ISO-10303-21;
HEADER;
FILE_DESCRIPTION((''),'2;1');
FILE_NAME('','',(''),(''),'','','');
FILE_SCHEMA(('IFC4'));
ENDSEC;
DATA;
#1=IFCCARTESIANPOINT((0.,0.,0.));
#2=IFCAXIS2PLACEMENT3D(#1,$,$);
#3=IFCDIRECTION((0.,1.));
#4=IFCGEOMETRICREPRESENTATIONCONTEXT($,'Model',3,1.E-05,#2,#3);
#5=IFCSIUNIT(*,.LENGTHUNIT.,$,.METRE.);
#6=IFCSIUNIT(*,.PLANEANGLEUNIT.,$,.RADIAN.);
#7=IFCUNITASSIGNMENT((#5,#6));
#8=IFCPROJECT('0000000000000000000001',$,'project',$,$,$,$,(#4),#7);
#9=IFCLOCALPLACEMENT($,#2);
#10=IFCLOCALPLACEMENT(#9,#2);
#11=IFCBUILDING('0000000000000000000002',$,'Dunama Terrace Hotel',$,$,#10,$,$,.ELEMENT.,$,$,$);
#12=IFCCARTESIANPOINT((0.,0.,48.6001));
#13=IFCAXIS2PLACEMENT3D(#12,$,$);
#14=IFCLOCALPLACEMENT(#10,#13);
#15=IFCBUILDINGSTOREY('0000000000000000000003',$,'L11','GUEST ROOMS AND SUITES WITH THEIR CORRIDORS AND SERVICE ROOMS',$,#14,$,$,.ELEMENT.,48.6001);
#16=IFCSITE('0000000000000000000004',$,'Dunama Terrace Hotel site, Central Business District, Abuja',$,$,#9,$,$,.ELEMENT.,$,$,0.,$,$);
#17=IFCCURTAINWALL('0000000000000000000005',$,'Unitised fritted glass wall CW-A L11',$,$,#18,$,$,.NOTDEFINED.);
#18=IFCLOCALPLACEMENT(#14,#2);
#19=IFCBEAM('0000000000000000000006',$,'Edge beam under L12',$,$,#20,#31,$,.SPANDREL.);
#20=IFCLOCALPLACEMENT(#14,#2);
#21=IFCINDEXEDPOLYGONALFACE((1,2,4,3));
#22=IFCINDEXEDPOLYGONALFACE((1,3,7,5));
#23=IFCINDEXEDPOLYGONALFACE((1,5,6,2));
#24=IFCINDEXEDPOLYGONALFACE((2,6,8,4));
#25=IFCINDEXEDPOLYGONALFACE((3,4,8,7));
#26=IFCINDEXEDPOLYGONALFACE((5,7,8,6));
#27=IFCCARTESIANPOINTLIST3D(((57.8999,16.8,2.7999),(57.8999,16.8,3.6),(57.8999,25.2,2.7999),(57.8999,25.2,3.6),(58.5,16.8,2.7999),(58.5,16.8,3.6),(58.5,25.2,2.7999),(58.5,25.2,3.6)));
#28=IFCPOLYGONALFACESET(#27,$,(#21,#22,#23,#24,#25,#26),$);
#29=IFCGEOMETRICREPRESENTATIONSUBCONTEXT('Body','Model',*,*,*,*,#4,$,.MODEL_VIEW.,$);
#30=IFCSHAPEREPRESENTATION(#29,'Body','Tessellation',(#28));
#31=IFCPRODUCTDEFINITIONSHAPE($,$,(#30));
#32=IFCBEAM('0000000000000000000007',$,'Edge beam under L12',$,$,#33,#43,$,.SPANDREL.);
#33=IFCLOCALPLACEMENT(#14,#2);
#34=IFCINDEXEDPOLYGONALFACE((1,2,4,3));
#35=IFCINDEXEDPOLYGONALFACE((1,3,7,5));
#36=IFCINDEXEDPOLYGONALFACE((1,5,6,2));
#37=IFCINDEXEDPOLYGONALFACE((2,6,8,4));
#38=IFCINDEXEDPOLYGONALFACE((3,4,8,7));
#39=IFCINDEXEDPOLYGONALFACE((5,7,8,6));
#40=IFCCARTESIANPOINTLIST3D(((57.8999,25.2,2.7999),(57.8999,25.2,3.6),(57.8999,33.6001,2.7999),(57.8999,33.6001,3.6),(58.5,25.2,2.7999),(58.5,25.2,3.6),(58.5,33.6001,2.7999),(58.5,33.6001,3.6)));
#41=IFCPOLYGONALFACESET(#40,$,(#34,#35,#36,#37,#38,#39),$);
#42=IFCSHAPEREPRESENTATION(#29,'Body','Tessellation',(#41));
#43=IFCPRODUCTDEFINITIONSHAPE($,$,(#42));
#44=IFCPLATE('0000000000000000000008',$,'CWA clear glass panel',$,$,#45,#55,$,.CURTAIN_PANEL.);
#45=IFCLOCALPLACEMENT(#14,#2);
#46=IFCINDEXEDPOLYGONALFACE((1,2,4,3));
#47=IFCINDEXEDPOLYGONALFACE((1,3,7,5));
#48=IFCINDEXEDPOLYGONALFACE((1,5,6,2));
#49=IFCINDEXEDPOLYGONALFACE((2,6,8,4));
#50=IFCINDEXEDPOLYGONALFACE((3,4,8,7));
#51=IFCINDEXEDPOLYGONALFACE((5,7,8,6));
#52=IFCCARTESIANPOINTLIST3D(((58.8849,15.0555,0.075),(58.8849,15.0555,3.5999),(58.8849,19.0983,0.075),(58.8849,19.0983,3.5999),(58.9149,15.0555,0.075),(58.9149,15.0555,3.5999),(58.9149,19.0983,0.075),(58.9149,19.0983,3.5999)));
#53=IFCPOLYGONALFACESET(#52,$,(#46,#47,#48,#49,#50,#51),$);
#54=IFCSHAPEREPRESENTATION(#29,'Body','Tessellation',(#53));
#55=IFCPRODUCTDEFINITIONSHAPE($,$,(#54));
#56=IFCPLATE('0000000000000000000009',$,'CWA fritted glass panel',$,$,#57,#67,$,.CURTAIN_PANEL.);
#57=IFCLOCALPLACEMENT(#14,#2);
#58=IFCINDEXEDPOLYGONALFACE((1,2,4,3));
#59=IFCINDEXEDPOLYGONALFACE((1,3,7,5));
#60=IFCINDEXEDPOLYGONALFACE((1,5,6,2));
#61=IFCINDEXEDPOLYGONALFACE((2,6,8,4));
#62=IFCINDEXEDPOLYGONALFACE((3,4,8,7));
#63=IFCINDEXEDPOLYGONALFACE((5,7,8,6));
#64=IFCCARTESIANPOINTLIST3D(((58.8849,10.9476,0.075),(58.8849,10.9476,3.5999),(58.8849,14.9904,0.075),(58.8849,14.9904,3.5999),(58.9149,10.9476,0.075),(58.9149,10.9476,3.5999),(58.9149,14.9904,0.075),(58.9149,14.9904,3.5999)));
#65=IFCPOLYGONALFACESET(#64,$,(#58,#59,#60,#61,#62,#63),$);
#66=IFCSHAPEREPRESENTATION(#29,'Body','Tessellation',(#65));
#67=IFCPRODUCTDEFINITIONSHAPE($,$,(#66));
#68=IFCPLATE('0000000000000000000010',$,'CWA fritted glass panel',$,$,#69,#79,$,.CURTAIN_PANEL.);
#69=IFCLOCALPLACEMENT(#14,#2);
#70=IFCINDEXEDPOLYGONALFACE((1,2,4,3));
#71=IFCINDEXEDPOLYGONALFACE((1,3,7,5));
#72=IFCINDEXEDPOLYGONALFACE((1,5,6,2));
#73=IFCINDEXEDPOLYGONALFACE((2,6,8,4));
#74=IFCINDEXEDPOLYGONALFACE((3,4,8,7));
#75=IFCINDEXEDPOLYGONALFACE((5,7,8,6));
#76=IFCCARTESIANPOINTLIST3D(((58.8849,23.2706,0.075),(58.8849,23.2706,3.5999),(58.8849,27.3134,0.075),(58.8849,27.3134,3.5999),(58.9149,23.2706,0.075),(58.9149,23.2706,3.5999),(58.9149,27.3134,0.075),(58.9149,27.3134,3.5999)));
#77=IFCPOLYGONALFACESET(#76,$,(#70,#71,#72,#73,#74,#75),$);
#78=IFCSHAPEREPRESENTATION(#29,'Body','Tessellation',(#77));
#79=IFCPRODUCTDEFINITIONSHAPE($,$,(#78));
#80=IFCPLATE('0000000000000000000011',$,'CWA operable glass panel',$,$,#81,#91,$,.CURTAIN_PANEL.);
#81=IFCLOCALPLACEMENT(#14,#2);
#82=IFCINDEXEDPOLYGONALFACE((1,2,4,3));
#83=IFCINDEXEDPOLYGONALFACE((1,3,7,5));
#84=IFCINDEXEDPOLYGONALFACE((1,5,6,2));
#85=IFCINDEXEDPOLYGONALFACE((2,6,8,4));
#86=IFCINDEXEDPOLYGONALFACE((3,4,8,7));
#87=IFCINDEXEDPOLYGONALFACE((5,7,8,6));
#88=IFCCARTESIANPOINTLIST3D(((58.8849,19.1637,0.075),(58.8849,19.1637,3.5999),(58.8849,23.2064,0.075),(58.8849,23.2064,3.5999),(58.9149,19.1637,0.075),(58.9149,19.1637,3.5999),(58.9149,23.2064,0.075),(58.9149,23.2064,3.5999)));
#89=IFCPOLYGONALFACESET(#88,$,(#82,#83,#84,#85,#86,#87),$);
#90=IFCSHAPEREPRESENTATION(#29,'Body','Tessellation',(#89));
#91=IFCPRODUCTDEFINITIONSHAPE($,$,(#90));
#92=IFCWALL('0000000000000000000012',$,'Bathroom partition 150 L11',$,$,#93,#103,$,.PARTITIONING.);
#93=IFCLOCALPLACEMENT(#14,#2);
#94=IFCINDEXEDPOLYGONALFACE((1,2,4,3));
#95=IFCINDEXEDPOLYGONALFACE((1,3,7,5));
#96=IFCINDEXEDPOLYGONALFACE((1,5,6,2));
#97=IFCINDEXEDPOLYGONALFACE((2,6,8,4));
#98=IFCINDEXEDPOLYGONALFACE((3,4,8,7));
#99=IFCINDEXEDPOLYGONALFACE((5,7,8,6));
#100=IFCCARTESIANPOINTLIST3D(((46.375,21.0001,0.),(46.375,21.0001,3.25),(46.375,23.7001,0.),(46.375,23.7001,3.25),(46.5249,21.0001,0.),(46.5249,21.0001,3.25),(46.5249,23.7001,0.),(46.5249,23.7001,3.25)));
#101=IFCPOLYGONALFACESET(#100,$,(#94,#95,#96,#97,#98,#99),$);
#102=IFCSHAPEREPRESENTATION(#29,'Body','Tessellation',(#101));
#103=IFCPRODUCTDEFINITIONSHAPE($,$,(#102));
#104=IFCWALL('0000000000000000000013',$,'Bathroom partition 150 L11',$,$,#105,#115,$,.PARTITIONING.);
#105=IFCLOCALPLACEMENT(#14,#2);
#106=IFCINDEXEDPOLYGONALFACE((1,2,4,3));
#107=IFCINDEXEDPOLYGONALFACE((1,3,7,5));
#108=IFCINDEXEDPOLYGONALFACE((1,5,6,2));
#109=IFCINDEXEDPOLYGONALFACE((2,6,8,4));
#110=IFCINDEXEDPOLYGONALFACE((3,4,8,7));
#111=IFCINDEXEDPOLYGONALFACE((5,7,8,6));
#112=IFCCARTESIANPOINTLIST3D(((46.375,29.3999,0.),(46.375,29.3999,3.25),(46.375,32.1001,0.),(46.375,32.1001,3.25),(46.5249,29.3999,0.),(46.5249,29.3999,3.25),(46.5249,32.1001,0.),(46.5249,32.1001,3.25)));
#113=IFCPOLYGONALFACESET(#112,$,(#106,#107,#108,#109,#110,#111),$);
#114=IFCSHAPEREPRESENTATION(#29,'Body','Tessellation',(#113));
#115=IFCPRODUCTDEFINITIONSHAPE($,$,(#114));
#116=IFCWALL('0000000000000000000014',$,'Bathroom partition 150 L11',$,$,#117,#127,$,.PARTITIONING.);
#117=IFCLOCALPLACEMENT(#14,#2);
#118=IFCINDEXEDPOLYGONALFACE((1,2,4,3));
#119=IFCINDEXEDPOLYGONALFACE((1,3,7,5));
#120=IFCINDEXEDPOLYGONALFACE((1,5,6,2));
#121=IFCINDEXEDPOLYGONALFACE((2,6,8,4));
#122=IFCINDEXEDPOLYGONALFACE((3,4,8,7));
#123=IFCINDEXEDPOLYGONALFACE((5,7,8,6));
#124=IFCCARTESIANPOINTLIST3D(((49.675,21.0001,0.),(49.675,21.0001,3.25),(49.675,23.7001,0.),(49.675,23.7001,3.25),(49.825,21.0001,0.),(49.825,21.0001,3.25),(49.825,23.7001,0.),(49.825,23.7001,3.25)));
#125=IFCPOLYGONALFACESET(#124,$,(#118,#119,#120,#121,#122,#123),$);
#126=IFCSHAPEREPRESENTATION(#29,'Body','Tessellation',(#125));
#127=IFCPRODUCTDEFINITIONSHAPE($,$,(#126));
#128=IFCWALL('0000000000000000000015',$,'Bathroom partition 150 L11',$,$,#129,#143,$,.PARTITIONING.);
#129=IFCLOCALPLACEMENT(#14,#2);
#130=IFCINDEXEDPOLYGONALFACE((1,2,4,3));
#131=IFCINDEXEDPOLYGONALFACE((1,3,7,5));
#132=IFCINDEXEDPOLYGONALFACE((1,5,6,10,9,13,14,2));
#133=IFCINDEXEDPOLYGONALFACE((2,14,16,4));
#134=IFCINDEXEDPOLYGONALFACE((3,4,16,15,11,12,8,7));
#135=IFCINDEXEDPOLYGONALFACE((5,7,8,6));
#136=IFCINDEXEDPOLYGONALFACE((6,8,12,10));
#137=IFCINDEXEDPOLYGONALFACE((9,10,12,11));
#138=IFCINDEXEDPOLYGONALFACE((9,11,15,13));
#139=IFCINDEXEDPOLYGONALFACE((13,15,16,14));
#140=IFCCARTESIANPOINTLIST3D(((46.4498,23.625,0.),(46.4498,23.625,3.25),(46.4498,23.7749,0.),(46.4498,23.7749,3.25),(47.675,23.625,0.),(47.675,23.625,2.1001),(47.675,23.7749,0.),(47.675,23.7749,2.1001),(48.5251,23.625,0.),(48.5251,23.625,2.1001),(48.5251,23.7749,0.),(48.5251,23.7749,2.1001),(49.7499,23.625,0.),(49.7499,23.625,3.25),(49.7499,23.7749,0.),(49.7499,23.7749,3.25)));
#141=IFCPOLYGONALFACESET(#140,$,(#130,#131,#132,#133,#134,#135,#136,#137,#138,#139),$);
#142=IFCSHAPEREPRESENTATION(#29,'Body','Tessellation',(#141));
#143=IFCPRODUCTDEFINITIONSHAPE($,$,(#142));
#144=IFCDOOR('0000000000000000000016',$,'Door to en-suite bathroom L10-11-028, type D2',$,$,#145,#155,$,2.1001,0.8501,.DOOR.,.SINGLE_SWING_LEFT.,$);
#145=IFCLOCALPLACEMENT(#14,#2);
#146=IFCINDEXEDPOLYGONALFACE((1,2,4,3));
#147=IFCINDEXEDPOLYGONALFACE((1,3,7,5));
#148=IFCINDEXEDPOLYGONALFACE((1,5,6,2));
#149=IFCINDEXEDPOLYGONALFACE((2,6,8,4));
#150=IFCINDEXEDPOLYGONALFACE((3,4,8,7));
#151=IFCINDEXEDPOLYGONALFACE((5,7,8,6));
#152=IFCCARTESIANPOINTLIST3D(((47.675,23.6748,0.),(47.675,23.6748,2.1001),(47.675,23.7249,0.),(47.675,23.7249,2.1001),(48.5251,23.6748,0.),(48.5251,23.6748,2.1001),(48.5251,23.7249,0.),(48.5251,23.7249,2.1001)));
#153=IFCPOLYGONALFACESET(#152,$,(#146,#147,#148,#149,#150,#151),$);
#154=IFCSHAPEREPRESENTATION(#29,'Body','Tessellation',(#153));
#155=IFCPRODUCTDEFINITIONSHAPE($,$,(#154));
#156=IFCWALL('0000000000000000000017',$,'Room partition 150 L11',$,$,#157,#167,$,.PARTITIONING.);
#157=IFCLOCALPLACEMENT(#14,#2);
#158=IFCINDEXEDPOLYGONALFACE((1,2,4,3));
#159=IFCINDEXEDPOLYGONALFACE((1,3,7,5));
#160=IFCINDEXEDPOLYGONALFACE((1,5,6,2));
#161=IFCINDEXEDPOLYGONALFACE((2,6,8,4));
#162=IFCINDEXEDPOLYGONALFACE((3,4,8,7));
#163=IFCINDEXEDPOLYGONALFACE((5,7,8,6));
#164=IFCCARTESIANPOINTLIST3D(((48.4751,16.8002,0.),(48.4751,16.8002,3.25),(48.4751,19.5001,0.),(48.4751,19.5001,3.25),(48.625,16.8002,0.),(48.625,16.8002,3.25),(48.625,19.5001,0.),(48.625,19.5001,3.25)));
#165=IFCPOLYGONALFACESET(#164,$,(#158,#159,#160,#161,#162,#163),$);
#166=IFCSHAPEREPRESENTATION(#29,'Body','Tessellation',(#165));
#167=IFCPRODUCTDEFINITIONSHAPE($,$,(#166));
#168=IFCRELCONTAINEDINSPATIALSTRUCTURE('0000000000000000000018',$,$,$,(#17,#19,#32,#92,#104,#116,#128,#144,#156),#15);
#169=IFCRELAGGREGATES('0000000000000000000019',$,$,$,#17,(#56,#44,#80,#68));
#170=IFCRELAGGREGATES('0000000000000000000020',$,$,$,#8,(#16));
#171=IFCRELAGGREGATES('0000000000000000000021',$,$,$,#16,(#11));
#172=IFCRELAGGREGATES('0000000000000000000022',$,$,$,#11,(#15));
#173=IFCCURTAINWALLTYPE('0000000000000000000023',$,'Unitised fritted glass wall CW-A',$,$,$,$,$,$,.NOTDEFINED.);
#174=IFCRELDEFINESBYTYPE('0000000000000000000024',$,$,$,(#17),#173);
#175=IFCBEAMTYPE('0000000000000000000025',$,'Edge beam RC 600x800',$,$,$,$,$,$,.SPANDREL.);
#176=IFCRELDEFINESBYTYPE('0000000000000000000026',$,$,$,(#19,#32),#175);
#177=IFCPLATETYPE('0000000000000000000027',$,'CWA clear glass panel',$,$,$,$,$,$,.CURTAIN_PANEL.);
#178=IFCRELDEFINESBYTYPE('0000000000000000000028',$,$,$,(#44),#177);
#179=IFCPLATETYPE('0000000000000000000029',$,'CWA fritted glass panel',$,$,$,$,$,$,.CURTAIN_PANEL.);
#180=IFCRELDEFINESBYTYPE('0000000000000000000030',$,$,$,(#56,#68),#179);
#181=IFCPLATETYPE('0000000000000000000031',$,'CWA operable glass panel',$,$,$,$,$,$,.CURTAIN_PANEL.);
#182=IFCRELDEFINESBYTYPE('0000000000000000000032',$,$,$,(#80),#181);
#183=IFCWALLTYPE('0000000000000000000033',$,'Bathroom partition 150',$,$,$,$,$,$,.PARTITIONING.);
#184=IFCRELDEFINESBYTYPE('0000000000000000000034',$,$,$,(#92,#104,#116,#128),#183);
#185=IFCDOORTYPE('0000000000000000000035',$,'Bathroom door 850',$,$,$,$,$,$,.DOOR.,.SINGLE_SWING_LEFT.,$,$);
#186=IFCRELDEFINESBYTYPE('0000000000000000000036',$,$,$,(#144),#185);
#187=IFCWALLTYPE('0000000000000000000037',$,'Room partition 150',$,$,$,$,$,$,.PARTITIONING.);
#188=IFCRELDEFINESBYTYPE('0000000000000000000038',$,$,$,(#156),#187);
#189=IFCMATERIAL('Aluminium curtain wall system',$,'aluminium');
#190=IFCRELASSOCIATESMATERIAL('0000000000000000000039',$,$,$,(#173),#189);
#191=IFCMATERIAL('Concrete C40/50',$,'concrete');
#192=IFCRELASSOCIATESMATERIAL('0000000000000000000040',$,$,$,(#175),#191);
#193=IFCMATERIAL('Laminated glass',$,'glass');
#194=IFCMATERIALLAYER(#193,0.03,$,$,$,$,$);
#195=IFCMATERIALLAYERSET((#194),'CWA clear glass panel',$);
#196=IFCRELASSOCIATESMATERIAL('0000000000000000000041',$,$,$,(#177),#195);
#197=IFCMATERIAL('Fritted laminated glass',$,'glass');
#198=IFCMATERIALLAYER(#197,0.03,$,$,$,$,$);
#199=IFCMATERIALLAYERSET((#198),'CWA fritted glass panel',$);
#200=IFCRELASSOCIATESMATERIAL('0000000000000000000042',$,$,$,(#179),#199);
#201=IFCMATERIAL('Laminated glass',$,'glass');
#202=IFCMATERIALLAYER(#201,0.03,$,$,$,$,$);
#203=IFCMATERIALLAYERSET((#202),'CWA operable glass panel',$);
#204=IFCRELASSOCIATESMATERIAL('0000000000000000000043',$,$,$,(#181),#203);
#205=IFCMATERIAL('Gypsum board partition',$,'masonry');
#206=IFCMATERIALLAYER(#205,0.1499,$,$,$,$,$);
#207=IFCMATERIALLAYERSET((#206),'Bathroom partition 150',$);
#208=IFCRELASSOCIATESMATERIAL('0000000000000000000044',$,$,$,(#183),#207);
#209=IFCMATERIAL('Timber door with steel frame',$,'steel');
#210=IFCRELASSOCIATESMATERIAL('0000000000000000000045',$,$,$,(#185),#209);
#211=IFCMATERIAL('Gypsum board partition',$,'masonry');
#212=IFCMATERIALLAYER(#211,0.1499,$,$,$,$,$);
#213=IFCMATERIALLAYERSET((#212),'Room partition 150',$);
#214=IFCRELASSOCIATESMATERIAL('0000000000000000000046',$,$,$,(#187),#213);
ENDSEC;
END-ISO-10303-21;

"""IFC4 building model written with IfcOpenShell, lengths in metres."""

from ifc_helpers import new_model, si_unit, direction, frame, frame_2d, origin, origin_2d, place, context, subcontext, project, spatial, rectangle, extrude, material, layer, layer_set, material_profile, profile_set, type_object, element, fill, aggregate, save


model = new_model("IFC4")

# Units and contexts
model_context = context("Model", 3, precision=1e-05, world=origin(), true_north=direction((0.0, 1.0)))
body_context = subcontext(model_context, "Body", "Model", "MODEL_VIEW")
ifc_project = project(units=[si_unit("LENGTHUNIT", "METRE"), si_unit("PLANEANGLEUNIT", "RADIAN")], contexts=[model_context])

# Site, building, storey
site_placement = place(None, origin())
site = spatial("IfcSite", under=ifc_project, at=site_placement, Name="Dunama Terrace Hotel site, Central Business District, Abuja", CompositionType="ELEMENT", RefElevation=0.0)
building_placement = place(site_placement, origin())
building = spatial("IfcBuilding", under=site, at=building_placement, Name="Dunama Terrace Hotel", CompositionType="ELEMENT")
storey_placement = place(building_placement, frame((0.0, 0.0, 48.6001)))
storey = spatial("IfcBuildingStorey", under=building, at=storey_placement, Name="L11", Description="GUEST ROOMS AND SUITES WITH THEIR CORRIDORS AND SERVICE ROOMS", CompositionType="ELEMENT", Elevation=48.6001)

# Curtain wall
ifc_material_1 = material(Name="Aluminium curtain wall system", Category="aluminium")
curtain_wall_type = type_object("IfcCurtainWallType", Name="Unitised fritted glass wall CW-A", PredefinedType="NOTDEFINED", material=ifc_material_1)
curtain_wall_placement = place(storey_placement, origin())
curtain_wall = element("IfcCurtainWall", 1, at=curtain_wall_placement, inside=storey, type_object=curtain_wall_type, Name="Unitised fritted glass wall CW-A L11", PredefinedType="NOTDEFINED")

# Beams
ifc_material_2 = material(Name="Concrete C40/50", Category="concrete")
ifc_material_profile_1 = material_profile(ifc_material_2, rectangle(XDim=0.6001, YDim=0.8, at=origin_2d()), Name="RC 600x800")
ifc_profile_set_1 = profile_set([ifc_material_profile_1], Name="Concrete C40/50")
beam_type = type_object("IfcBeamType", Name="Edge beam RC 600x800", PredefinedType="SPANDREL", material=ifc_profile_set_1)
beam_1_placement = place(storey_placement, frame((58.2, 16.8, 3.2), z_axis=(0.0, 1.0, 0.0), x_axis=(-1.0, 0.0, 0.0)))
element("IfcBeam", 2, at=beam_1_placement, inside=storey, type_object=beam_type, Name="Edge beam under L12", PredefinedType="SPANDREL", context=body_context, shape_type="SweptSolid", body=[
    extrude(rectangle(XDim=0.6001, YDim=0.8, at=origin_2d()), origin(), (0.0, 0.0, 1.0), 8.3999),
])
beam_2_placement = place(storey_placement, frame((58.2, 25.2, 3.2), z_axis=(0.0, 1.0, 0.0), x_axis=(-1.0, 0.0, 0.0)))
element("IfcBeam", 3, at=beam_2_placement, inside=storey, type_object=beam_type, Name="Edge beam under L12", PredefinedType="SPANDREL", context=body_context, shape_type="SweptSolid", body=[
    extrude(rectangle(XDim=0.6001, YDim=0.8, at=origin_2d()), origin(), (0.0, 0.0, 1.0), 8.4001),
])

# Plates
ifc_material_3 = material(Name="Laminated glass", Category="glass")
ifc_layer_1 = layer(ifc_material_3, 0.03)
ifc_layer_set_1 = layer_set([ifc_layer_1], Name="CWA clear glass panel")
plate_type_1 = type_object("IfcPlateType", Name="CWA clear glass panel", PredefinedType="CURTAIN_PANEL", material=ifc_layer_set_1)
plate_1_placement = place(storey_placement, frame((58.8999, 17.0769, 0.075), z_axis=(0.0, 0.0, 1.0), x_axis=(0.0, 1.0, 0.0)))
plate_1 = element("IfcPlate", 4, at=plate_1_placement, type_object=plate_type_1, Name="CWA clear glass panel", PredefinedType="CURTAIN_PANEL", context=body_context, shape_type="SweptSolid", body=[
    extrude(rectangle(XDim=4.0427, YDim=0.03, at=origin_2d()), origin(), (0.0, 0.0, 1.0), 3.5249),
])
ifc_material_4 = material(Name="Fritted laminated glass", Category="glass")
ifc_layer_2 = layer(ifc_material_4, 0.03)
ifc_layer_set_2 = layer_set([ifc_layer_2], Name="CWA fritted glass panel")
plate_type_2 = type_object("IfcPlateType", Name="CWA fritted glass panel", PredefinedType="CURTAIN_PANEL", material=ifc_layer_set_2)
plate_2_placement = place(storey_placement, frame((58.8999, 12.969, 0.075), z_axis=(0.0, 0.0, 1.0), x_axis=(0.0, 1.0, 0.0)))
plate_2 = element("IfcPlate", 5, at=plate_2_placement, type_object=plate_type_2, Name="CWA fritted glass panel", PredefinedType="CURTAIN_PANEL", context=body_context, shape_type="SweptSolid", body=[
    extrude(rectangle(XDim=4.0427, YDim=0.03, at=origin_2d()), origin(), (0.0, 0.0, 1.0), 3.5249),
])
plate_3_placement = place(storey_placement, frame((58.8999, 25.292, 0.075), z_axis=(0.0, 0.0, 1.0), x_axis=(0.0, 1.0, 0.0)))
plate_3 = element("IfcPlate", 6, at=plate_3_placement, type_object=plate_type_2, Name="CWA fritted glass panel", PredefinedType="CURTAIN_PANEL", context=body_context, shape_type="SweptSolid", body=[
    extrude(rectangle(XDim=4.0427, YDim=0.03, at=origin_2d()), origin(), (0.0, 0.0, 1.0), 3.5249),
])
ifc_material_5 = material(Name="Laminated glass", Category="glass")
ifc_layer_3 = layer(ifc_material_5, 0.03)
ifc_layer_set_3 = layer_set([ifc_layer_3], Name="CWA operable glass panel")
plate_type_3 = type_object("IfcPlateType", Name="CWA operable glass panel", PredefinedType="CURTAIN_PANEL", material=ifc_layer_set_3)
plate_4_placement = place(storey_placement, frame((58.8999, 21.1851, 0.075), z_axis=(0.0, 0.0, 1.0), x_axis=(0.0, 1.0, 0.0)))
plate_4 = element("IfcPlate", 7, at=plate_4_placement, type_object=plate_type_3, Name="CWA operable glass panel", PredefinedType="CURTAIN_PANEL", context=body_context, shape_type="SweptSolid", body=[
    extrude(rectangle(XDim=4.0427, YDim=0.03, at=origin_2d()), origin(), (0.0, 0.0, 1.0), 3.5249),
])
aggregate(curtain_wall, [plate_2, plate_1, plate_4, plate_3])

# Walls
ifc_material_6 = material(Name="Gypsum board partition", Category="masonry")
ifc_layer_4 = layer(ifc_material_6, 0.1499)
ifc_layer_set_4 = layer_set([ifc_layer_4], Name="Bathroom partition 150")
wall_type_1 = type_object("IfcWallType", Name="Bathroom partition 150", PredefinedType="PARTITIONING", material=ifc_layer_set_4)
wall_1_placement = place(storey_placement, frame((46.45, 21.0, 0.0), z_axis=(0.0, 0.0, 1.0), x_axis=(0.0, 1.0, 0.0)))
element("IfcWall", 8, at=wall_1_placement, inside=storey, type_object=wall_type_1, Name="Bathroom partition 150 L11", PredefinedType="PARTITIONING", context=body_context, shape_type="SweptSolid", body=[
    extrude(rectangle(XDim=2.7, YDim=0.1499, at=frame_2d((1.3501, 0.0))), origin(), (0.0, 0.0, 1.0), 3.25),
])
wall_2_placement = place(storey_placement, frame((46.45, 29.3999, 0.0), z_axis=(0.0, 0.0, 1.0), x_axis=(0.0, 1.0, 0.0)))
element("IfcWall", 9, at=wall_2_placement, inside=storey, type_object=wall_type_1, Name="Bathroom partition 150 L11", PredefinedType="PARTITIONING", context=body_context, shape_type="SweptSolid", body=[
    extrude(rectangle(XDim=2.7002, YDim=0.1499, at=frame_2d((1.3501, 0.0))), origin(), (0.0, 0.0, 1.0), 3.25),
])
wall_3_placement = place(storey_placement, frame((49.75, 21.0, 0.0), z_axis=(0.0, 0.0, 1.0), x_axis=(0.0, 1.0, 0.0)))
element("IfcWall", 10, at=wall_3_placement, inside=storey, type_object=wall_type_1, Name="Bathroom partition 150 L11", PredefinedType="PARTITIONING", context=body_context, shape_type="SweptSolid", body=[
    extrude(rectangle(XDim=2.7, YDim=0.1499, at=frame_2d((1.3501, 0.0))), origin(), (0.0, 0.0, 1.0), 3.25),
])

# Wall, opening, door
wall_4_placement = place(storey_placement, frame((46.45, 23.7, 0.0), z_axis=(0.0, 0.0, 1.0), x_axis=(1.0, 0.0, 0.0)))
wall_4 = element("IfcWall", 11, at=wall_4_placement, inside=storey, type_object=wall_type_1, Name="Bathroom partition 150 L11", PredefinedType="PARTITIONING", context=body_context, shape_type="SweptSolid", body=[
    extrude(rectangle(XDim=3.3, YDim=0.1499, at=frame_2d((1.6499, 0.0))), origin(), (0.0, 0.0, 1.0), 3.25),
])
opening_1_placement = place(wall_4_placement, frame((1.2251, 0.0, 0.0)))
opening_1 = element("IfcOpeningElement", 12, at=opening_1_placement, cuts=wall_4, PredefinedType="OPENING", context=body_context, shape_type="SweptSolid", body=[
    extrude(rectangle(XDim=0.8501, YDim=2.1001, at=frame_2d((0.425, 1.05))), frame((0.0, 0.085, 0.0), z_axis=(0.0, -1.0, 0.0), x_axis=(1.0, 0.0, 0.0)), (0.0, 0.0, 1.0), 0.1699),
])
ifc_material_7 = material(Name="Timber door with steel frame", Category="steel")
door_type_1 = type_object("IfcDoorType", Name="Bathroom door 850", OperationType="SINGLE_SWING_LEFT", PredefinedType="DOOR", material=ifc_material_7)
door_1_placement = place(opening_1_placement, frame((0.8501, 0.0, 0.0), z_axis=(0.0, 0.0, 1.0), x_axis=(-1.0, 0.0, 0.0)))
door_1 = element("IfcDoor", 13, at=door_1_placement, inside=storey, type_object=door_type_1, Name="Door to en-suite bathroom L10-11-028, type D2", OperationType="SINGLE_SWING_LEFT", OverallHeight=2.1001, OverallWidth=0.8501, PredefinedType="DOOR", context=body_context, shape_type="SweptSolid", body=[
    extrude(rectangle(XDim=0.8501, YDim=2.1001, at=frame_2d((0.425, 1.05))), frame((0.0, 0.0251, 0.0), z_axis=(0.0, -1.0, 0.0), x_axis=(1.0, 0.0, 0.0)), (0.0, 0.0, 1.0), 0.05),
])
fill(opening_1, door_1)

# Wall
ifc_material_8 = material(Name="Gypsum board partition", Category="masonry")
ifc_layer_5 = layer(ifc_material_8, 0.1499)
ifc_layer_set_5 = layer_set([ifc_layer_5], Name="Room partition 150")
wall_type_2 = type_object("IfcWallType", Name="Room partition 150", PredefinedType="PARTITIONING", material=ifc_layer_set_5)
wall_5_placement = place(storey_placement, frame((48.55, 16.8, 0.0), z_axis=(0.0, 0.0, 1.0), x_axis=(0.0, 1.0, 0.0)))
element("IfcWall", 14, at=wall_5_placement, inside=storey, type_object=wall_type_2, Name="Room partition 150 L11", PredefinedType="PARTITIONING", context=body_context, shape_type="SweptSolid", body=[
    extrude(rectangle(XDim=2.7, YDim=0.1499, at=frame_2d((1.3501, 0.0))), origin(), (0.0, 0.0, 1.0), 3.25),
])

save(model, "model.ifc")
